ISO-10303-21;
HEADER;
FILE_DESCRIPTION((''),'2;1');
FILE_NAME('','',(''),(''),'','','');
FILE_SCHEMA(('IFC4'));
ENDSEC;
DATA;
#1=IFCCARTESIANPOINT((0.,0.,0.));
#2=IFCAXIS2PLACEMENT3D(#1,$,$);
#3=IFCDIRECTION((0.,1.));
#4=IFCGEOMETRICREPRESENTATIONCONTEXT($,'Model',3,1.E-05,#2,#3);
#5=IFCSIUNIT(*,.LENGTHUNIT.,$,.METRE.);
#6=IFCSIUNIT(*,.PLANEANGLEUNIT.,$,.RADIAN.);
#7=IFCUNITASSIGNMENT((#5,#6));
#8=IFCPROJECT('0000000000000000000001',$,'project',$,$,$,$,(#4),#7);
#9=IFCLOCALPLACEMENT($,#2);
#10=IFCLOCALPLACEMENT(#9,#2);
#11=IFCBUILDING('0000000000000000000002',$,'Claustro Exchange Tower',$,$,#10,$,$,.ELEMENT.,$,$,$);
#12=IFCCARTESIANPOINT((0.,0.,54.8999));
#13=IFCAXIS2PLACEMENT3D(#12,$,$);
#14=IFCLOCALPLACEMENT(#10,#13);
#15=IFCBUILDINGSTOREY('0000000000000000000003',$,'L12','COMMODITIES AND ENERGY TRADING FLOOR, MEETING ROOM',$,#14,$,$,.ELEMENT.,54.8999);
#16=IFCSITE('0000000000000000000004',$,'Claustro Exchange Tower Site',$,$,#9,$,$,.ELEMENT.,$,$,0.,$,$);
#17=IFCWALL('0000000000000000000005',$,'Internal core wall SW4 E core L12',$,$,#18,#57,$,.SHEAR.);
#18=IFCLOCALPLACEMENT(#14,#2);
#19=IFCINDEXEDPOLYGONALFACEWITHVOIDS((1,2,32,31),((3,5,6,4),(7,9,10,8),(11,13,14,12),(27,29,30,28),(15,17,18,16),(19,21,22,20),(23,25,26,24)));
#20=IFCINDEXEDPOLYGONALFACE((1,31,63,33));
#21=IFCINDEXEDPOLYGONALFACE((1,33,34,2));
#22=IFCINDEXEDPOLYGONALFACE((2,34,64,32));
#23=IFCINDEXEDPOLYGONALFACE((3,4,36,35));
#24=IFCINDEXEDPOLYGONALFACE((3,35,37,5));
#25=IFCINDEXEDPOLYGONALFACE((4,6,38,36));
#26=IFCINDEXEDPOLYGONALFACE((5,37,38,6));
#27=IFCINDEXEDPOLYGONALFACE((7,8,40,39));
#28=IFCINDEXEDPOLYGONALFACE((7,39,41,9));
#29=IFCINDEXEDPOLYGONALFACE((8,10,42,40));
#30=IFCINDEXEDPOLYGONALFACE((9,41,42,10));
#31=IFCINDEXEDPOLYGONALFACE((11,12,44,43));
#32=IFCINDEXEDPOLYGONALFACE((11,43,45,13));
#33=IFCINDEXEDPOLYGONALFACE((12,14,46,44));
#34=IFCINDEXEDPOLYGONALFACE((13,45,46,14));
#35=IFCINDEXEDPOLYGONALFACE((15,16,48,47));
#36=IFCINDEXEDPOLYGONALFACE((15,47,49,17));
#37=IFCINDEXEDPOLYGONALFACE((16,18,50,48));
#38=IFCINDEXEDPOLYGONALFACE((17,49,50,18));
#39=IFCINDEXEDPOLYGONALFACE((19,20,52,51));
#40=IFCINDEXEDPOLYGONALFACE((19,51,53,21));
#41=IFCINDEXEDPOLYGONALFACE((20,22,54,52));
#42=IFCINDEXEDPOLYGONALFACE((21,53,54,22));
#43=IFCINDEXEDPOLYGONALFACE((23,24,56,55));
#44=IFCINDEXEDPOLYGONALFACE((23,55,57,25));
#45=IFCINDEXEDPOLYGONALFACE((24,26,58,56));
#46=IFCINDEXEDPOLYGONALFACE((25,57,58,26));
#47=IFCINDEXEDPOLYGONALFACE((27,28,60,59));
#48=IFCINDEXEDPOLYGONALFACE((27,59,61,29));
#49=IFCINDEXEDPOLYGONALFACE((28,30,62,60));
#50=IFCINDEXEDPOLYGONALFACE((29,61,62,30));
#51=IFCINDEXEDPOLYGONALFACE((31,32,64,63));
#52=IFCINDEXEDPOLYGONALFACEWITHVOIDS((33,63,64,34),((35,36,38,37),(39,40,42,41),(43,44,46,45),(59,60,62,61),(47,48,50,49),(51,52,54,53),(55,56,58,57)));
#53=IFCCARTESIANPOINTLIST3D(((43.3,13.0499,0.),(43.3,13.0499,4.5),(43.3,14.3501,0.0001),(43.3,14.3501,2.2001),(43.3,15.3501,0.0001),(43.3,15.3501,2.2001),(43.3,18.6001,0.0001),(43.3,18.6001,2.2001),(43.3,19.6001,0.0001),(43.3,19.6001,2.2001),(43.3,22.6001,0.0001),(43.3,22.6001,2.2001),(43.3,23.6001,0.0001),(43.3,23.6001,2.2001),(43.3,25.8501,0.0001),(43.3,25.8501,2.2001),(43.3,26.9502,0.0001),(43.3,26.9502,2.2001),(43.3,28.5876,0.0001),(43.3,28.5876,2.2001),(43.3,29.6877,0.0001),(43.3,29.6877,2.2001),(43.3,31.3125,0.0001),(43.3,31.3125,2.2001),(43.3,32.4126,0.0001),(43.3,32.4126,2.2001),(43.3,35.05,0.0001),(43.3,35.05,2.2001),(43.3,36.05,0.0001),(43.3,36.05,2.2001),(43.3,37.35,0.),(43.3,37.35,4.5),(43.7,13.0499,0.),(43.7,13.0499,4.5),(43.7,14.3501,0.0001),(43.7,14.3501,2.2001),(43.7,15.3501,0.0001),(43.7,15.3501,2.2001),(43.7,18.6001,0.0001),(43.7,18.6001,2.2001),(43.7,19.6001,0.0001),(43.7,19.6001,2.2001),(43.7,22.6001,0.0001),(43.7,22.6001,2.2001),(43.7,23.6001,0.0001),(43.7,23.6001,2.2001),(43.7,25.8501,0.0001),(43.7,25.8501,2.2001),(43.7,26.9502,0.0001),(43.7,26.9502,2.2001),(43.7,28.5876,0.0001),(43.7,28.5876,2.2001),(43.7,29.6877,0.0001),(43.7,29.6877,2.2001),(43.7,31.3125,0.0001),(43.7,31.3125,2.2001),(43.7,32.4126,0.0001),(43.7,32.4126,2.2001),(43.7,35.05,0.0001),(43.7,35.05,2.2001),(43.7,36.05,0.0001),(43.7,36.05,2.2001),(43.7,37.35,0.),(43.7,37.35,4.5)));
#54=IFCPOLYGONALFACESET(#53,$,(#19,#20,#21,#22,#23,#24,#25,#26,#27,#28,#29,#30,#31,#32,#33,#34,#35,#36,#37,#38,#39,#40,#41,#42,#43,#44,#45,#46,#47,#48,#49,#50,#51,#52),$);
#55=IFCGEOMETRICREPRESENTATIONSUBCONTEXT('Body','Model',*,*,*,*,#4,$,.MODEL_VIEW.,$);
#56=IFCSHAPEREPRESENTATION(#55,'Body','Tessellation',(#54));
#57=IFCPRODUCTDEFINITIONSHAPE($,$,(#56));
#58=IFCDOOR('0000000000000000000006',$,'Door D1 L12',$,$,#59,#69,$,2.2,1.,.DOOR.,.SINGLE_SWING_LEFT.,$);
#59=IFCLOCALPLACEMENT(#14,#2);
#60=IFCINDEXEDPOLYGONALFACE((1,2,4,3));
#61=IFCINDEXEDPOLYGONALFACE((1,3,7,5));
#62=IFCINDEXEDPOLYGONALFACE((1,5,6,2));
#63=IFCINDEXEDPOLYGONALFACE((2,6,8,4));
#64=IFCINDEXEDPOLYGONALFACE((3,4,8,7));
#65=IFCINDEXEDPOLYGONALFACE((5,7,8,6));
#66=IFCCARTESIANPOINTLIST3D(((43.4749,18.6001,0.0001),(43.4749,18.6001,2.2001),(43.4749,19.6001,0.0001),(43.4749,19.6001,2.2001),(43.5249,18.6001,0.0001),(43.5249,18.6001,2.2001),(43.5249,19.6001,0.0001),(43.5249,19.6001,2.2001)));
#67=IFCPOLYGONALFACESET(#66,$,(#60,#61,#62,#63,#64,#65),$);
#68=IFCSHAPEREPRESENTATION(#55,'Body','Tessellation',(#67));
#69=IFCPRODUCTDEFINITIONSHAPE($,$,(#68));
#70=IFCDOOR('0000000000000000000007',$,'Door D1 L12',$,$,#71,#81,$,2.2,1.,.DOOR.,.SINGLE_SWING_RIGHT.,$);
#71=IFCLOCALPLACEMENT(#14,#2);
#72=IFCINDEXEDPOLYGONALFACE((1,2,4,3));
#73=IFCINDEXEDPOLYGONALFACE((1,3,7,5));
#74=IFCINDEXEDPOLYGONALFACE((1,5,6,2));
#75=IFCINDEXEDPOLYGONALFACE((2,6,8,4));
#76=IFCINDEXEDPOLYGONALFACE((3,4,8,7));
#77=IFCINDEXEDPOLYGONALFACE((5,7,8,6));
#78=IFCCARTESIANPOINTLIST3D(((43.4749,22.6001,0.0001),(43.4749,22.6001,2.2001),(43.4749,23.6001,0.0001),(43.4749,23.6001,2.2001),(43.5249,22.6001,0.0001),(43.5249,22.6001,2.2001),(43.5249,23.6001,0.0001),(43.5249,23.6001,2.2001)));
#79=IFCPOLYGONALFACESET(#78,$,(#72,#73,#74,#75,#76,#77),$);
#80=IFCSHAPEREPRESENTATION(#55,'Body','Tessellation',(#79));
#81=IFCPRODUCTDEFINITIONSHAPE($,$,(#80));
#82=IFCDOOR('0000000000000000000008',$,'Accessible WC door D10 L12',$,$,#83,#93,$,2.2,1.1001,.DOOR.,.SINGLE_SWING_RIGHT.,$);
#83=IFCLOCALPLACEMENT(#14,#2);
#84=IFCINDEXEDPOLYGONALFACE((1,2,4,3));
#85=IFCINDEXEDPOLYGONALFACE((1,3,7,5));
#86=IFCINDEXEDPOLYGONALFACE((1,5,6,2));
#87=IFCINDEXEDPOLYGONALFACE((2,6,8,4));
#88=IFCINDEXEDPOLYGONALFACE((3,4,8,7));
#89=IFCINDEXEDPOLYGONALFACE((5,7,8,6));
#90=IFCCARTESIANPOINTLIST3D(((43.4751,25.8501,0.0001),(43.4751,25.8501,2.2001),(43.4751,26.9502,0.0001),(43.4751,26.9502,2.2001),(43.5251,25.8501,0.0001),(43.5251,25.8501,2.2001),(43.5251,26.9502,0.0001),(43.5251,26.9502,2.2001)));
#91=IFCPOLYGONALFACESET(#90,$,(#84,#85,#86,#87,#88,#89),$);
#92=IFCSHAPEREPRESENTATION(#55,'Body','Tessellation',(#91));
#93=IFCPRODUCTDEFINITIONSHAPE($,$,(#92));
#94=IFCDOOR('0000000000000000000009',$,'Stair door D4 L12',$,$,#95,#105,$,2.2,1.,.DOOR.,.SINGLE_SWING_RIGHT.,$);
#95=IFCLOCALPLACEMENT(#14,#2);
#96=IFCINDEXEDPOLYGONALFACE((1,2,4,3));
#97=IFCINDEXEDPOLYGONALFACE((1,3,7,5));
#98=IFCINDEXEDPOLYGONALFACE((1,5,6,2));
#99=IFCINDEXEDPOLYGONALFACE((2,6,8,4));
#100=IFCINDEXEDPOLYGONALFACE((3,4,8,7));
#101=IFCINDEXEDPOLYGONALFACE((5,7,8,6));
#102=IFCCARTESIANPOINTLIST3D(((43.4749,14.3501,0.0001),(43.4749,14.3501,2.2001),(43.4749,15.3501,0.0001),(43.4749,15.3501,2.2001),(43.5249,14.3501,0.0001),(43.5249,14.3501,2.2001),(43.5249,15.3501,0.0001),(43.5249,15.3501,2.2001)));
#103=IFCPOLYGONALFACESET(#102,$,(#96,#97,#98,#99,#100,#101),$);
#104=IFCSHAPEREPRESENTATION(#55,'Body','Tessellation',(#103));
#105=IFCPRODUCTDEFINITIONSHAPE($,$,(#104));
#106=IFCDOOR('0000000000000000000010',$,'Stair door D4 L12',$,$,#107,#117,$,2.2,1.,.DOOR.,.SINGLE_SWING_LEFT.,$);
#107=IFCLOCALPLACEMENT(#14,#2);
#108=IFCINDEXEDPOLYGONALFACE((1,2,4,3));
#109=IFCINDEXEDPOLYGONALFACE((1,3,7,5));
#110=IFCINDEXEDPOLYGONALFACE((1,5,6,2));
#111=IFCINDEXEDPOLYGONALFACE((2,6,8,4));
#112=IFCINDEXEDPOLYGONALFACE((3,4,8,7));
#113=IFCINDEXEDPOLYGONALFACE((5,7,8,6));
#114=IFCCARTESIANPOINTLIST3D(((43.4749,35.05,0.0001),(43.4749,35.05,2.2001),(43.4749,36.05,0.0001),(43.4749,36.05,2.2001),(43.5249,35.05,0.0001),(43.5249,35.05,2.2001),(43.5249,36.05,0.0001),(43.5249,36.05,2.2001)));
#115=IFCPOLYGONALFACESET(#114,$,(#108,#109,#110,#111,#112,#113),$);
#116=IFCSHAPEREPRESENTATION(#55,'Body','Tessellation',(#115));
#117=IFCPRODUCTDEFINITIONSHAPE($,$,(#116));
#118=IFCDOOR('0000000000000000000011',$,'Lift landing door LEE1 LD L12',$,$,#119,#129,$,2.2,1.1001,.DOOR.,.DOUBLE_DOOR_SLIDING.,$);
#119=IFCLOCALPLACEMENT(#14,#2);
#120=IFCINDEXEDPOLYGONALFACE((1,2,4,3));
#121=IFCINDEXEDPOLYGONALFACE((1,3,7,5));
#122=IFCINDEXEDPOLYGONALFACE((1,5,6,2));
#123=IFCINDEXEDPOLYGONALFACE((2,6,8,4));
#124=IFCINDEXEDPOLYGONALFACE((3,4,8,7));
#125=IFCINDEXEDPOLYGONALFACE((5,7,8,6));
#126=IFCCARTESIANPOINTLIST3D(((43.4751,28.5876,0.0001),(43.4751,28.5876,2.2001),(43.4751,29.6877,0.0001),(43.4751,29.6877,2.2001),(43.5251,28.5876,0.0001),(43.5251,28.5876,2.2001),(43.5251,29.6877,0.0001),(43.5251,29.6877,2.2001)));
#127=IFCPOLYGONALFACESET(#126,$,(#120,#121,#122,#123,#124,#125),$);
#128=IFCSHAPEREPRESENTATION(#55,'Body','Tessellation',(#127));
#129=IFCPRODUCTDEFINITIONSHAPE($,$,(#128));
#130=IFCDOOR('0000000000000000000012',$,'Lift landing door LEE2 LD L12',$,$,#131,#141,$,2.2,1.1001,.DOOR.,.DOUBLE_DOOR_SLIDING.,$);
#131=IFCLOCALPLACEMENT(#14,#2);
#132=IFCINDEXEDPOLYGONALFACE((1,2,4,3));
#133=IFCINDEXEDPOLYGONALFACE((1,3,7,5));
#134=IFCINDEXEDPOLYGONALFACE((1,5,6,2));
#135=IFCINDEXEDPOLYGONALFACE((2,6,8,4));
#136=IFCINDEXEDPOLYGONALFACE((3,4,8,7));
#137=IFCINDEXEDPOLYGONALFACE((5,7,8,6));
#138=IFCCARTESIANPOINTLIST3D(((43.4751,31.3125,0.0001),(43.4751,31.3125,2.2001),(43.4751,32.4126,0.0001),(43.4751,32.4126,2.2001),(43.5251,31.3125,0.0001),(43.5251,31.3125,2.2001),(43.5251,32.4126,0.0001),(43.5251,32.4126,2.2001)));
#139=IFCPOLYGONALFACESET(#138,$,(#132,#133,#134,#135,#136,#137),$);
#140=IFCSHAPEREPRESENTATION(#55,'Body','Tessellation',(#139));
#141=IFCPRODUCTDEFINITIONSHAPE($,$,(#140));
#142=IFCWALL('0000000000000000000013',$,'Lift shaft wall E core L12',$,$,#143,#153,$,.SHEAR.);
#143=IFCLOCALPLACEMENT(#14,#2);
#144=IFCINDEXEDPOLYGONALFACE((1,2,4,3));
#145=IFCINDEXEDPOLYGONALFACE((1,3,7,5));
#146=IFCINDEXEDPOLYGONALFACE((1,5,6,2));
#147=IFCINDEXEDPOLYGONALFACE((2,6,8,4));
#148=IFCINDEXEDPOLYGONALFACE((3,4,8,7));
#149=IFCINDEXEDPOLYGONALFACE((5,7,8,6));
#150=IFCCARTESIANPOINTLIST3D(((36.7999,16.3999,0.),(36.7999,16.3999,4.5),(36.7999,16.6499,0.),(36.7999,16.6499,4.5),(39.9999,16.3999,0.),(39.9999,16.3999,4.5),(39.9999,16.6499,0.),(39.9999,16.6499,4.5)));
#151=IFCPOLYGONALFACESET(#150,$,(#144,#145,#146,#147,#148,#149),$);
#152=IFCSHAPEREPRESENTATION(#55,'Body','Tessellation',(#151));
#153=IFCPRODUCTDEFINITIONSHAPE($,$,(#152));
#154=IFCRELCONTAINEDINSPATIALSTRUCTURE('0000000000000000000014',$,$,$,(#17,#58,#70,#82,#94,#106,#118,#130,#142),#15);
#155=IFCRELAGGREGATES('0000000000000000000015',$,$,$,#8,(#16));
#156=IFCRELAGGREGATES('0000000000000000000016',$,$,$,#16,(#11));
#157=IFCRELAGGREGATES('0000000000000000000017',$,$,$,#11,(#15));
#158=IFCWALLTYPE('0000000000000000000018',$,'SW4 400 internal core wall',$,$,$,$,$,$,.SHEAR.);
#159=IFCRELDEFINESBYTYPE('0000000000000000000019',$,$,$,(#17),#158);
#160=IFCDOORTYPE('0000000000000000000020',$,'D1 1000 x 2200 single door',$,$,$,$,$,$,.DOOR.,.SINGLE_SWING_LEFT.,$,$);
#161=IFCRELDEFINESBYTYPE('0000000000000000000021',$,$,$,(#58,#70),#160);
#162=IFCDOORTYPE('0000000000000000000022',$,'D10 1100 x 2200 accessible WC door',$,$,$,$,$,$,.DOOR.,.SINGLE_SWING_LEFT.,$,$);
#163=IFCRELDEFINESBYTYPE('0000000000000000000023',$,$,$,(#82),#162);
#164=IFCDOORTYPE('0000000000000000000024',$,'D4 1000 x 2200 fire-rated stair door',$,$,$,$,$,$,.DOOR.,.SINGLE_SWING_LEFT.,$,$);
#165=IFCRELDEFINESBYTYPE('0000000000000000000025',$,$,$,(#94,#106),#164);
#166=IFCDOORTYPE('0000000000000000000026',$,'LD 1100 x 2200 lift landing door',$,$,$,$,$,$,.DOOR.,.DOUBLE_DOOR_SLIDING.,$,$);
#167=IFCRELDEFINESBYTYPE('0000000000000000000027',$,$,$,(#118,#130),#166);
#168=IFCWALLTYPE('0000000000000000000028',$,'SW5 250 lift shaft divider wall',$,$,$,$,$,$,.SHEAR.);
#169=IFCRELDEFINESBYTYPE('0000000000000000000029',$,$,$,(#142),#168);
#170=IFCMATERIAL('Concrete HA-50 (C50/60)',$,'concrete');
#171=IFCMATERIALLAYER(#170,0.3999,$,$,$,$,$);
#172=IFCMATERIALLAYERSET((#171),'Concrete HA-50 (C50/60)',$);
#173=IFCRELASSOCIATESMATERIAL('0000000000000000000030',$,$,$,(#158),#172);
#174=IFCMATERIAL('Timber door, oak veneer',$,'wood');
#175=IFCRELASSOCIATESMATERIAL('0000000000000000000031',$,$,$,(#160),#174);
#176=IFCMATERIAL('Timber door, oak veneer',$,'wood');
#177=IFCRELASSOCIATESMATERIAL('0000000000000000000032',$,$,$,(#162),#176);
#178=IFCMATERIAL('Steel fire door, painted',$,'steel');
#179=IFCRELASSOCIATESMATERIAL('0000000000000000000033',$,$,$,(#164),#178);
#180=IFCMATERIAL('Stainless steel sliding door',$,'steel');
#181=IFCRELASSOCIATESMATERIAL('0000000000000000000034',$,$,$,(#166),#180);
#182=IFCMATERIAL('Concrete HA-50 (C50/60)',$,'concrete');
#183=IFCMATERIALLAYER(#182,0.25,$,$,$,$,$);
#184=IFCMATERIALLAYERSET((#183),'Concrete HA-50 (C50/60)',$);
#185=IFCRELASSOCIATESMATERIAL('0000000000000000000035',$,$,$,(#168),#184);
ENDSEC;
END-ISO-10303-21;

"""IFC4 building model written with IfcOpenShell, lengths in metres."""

from ifc_helpers import new_model, si_unit, direction, frame, frame_2d, origin, place, context, subcontext, project, spatial, rectangle, extrude, material, layer, layer_set, type_object, element, fill, save


model = new_model("IFC4")

# Units and contexts
model_context = context("Model", 3, precision=1e-05, world=origin(), true_north=direction((0.0, 1.0)))
body_context = subcontext(model_context, "Body", "Model", "MODEL_VIEW")
ifc_project = project(units=[si_unit("LENGTHUNIT", "METRE"), si_unit("PLANEANGLEUNIT", "RADIAN")], contexts=[model_context])

# Site, building, storey
site_placement = place(None, origin())
site = spatial("IfcSite", under=ifc_project, at=site_placement, Name="Claustro Exchange Tower Site", CompositionType="ELEMENT", RefElevation=0.0)
building_placement = place(site_placement, origin())
building = spatial("IfcBuilding", under=site, at=building_placement, Name="Claustro Exchange Tower", CompositionType="ELEMENT")
storey_placement = place(building_placement, frame((0.0, 0.0, 54.8999)))
storey = spatial("IfcBuildingStorey", under=building, at=storey_placement, Name="L12", Description="COMMODITIES AND ENERGY TRADING FLOOR, MEETING ROOM", CompositionType="ELEMENT", Elevation=54.8999)

# Wall, openings, doors
ifc_material_1 = material(Name="Concrete HA-50 (C50/60)", Category="concrete")
ifc_layer_1 = layer(ifc_material_1, 0.3999)
ifc_layer_set_1 = layer_set([ifc_layer_1], Name="Concrete HA-50 (C50/60)")
wall_type_1 = type_object("IfcWallType", Name="SW4 400 internal core wall", PredefinedType="SHEAR", material=ifc_layer_set_1)
wall_1_placement = place(storey_placement, frame((43.5, 13.05, 0.0), z_axis=(0.0, 0.0, 1.0), x_axis=(0.0, 1.0, 0.0)))
wall_1 = element("IfcWall", 1, at=wall_1_placement, inside=storey, type_object=wall_type_1, Name="Internal core wall SW4 E core L12", PredefinedType="SHEAR", context=body_context, shape_type="SweptSolid", body=[
    extrude(rectangle(XDim=24.3, YDim=0.3999, at=frame_2d((12.1499, 0.0))), origin(), (0.0, 0.0, 1.0), 4.5),
])
opening_1_placement = place(wall_1_placement, frame((1.3, 0.0, 0.0)))
opening_1 = element("IfcOpeningElement", 2, at=opening_1_placement, cuts=wall_1, PredefinedType="OPENING", context=body_context, shape_type="SweptSolid", body=[
    extrude(rectangle(XDim=1.0, YDim=2.2, at=frame_2d((0.5, 1.1001))), frame((0.0, 0.21, 0.0), z_axis=(0.0, -1.0, 0.0), x_axis=(1.0, 0.0, 0.0)), (0.0, 0.0, 1.0), 0.4199),
])
opening_2_placement = place(wall_1_placement, frame((22.0, 0.0, 0.0)))
opening_2 = element("IfcOpeningElement", 3, at=opening_2_placement, cuts=wall_1, PredefinedType="OPENING", context=body_context, shape_type="SweptSolid", body=[
    extrude(rectangle(XDim=1.0, YDim=2.2, at=frame_2d((0.5, 1.1001))), frame((0.0, 0.21, 0.0), z_axis=(0.0, -1.0, 0.0), x_axis=(1.0, 0.0, 0.0)), (0.0, 0.0, 1.0), 0.4199),
])
opening_3_placement = place(wall_1_placement, frame((5.55, 0.0, 0.0)))
opening_3 = element("IfcOpeningElement", 4, at=opening_3_placement, cuts=wall_1, PredefinedType="OPENING", context=body_context, shape_type="SweptSolid", body=[
    extrude(rectangle(XDim=1.0, YDim=2.2, at=frame_2d((0.5, 1.1001))), frame((0.0, 0.21, 0.0), z_axis=(0.0, -1.0, 0.0), x_axis=(1.0, 0.0, 0.0)), (0.0, 0.0, 1.0), 0.4199),
])
opening_4_placement = place(wall_1_placement, frame((9.55, 0.0, 0.0)))
opening_4 = element("IfcOpeningElement", 5, at=opening_4_placement, cuts=wall_1, PredefinedType="OPENING", context=body_context, shape_type="SweptSolid", body=[
    extrude(rectangle(XDim=1.0, YDim=2.2, at=frame_2d((0.5, 1.1001))), frame((0.0, 0.21, 0.0), z_axis=(0.0, -1.0, 0.0), x_axis=(1.0, 0.0, 0.0)), (0.0, 0.0, 1.0), 0.4199),
])
opening_5_placement = place(wall_1_placement, frame((12.8, 0.0, 0.0)))
opening_5 = element("IfcOpeningElement", 6, at=opening_5_placement, cuts=wall_1, PredefinedType="OPENING", context=body_context, shape_type="SweptSolid", body=[
    extrude(rectangle(XDim=1.1001, YDim=2.2, at=frame_2d((0.55, 1.1001))), frame((0.0, 0.21, 0.0), z_axis=(0.0, -1.0, 0.0), x_axis=(1.0, 0.0, 0.0)), (0.0, 0.0, 1.0), 0.4199),
])
opening_6_placement = place(wall_1_placement, frame((15.5376, 0.0, 0.0)))
opening_6 = element("IfcOpeningElement", 7, at=opening_6_placement, cuts=wall_1, PredefinedType="OPENING", context=body_context, shape_type="SweptSolid", body=[
    extrude(rectangle(XDim=1.1001, YDim=2.2, at=frame_2d((0.55, 1.1001))), frame((0.0, 0.21, 0.0), z_axis=(0.0, -1.0, 0.0), x_axis=(1.0, 0.0, 0.0)), (0.0, 0.0, 1.0), 0.4199),
])
opening_7_placement = place(wall_1_placement, frame((18.2625, 0.0, 0.0)))
opening_7 = element("IfcOpeningElement", 8, at=opening_7_placement, cuts=wall_1, PredefinedType="OPENING", context=body_context, shape_type="SweptSolid", body=[
    extrude(rectangle(XDim=1.1001, YDim=2.2, at=frame_2d((0.55, 1.1001))), frame((0.0, 0.21, 0.0), z_axis=(0.0, -1.0, 0.0), x_axis=(1.0, 0.0, 0.0)), (0.0, 0.0, 1.0), 0.4199),
])
ifc_material_2 = material(Name="Timber door, oak veneer", Category="wood")
door_type_1 = type_object("IfcDoorType", Name="D1 1000 x 2200 single door", OperationType="SINGLE_SWING_LEFT", PredefinedType="DOOR", material=ifc_material_2)
door_1_placement = place(opening_3_placement, frame((1.0, 0.0, 0.0), z_axis=(0.0, 0.0, 1.0), x_axis=(-1.0, 0.0, 0.0)))
door_1 = element("IfcDoor", 9, at=door_1_placement, inside=storey, type_object=door_type_1, Name="Door D1 L12", OperationType="SINGLE_SWING_LEFT", OverallHeight=2.2, OverallWidth=1.0, PredefinedType="DOOR", context=body_context, shape_type="SweptSolid", body=[
    extrude(rectangle(XDim=1.0, YDim=2.2, at=frame_2d((0.5, 1.1001))), frame((0.0, 0.0249, 0.0), z_axis=(0.0, -1.0, 0.0), x_axis=(1.0, 0.0, 0.0)), (0.0, 0.0, 1.0), 0.05),
])
fill(opening_3, door_1)
door_2_placement = place(opening_4_placement, frame((1.0, 0.0, 0.0), z_axis=(0.0, 0.0, 1.0), x_axis=(-1.0, 0.0, 0.0)))
door_2 = element("IfcDoor", 10, at=door_2_placement, inside=storey, type_object=door_type_1, Name="Door D1 L12", OperationType="SINGLE_SWING_RIGHT", OverallHeight=2.2, OverallWidth=1.0, PredefinedType="DOOR", context=body_context, shape_type="SweptSolid", body=[
    extrude(rectangle(XDim=1.0, YDim=2.2, at=frame_2d((0.5, 1.1001))), frame((0.0, 0.0249, 0.0), z_axis=(0.0, -1.0, 0.0), x_axis=(1.0, 0.0, 0.0)), (0.0, 0.0, 1.0), 0.05),
])
fill(opening_4, door_2)
ifc_material_3 = material(Name="Timber door, oak veneer", Category="wood")
door_type_2 = type_object("IfcDoorType", Name="D10 1100 x 2200 accessible WC door", OperationType="SINGLE_SWING_LEFT", PredefinedType="DOOR", material=ifc_material_3)
door_3_placement = place(opening_5_placement, origin())
door_3 = element("IfcDoor", 11, at=door_3_placement, inside=storey, type_object=door_type_2, Name="Accessible WC door D10 L12", OperationType="SINGLE_SWING_RIGHT", OverallHeight=2.2, OverallWidth=1.1001, PredefinedType="DOOR", context=body_context, shape_type="SweptSolid", body=[
    extrude(rectangle(XDim=1.1001, YDim=2.2, at=frame_2d((0.55, 1.1001))), frame((0.0, 0.0249, 0.0), z_axis=(0.0, -1.0, 0.0), x_axis=(1.0, 0.0, 0.0)), (0.0, 0.0, 1.0), 0.05),
])
fill(opening_5, door_3)
ifc_material_4 = material(Name="Steel fire door, painted", Category="steel")
door_type_3 = type_object("IfcDoorType", Name="D4 1000 x 2200 fire-rated stair door", OperationType="SINGLE_SWING_LEFT", PredefinedType="DOOR", material=ifc_material_4)
door_4_placement = place(opening_1_placement, frame((1.0, 0.0, 0.0), z_axis=(0.0, 0.0, 1.0), x_axis=(-1.0, 0.0, 0.0)))
door_4 = element("IfcDoor", 12, at=door_4_placement, inside=storey, type_object=door_type_3, Name="Stair door D4 L12", OperationType="SINGLE_SWING_RIGHT", OverallHeight=2.2, OverallWidth=1.0, PredefinedType="DOOR", context=body_context, shape_type="SweptSolid", body=[
    extrude(rectangle(XDim=1.0, YDim=2.2, at=frame_2d((0.5, 1.1001))), frame((0.0, 0.0249, 0.0), z_axis=(0.0, -1.0, 0.0), x_axis=(1.0, 0.0, 0.0)), (0.0, 0.0, 1.0), 0.05),
])
fill(opening_1, door_4)
door_5_placement = place(opening_2_placement, frame((1.0, 0.0, 0.0), z_axis=(0.0, 0.0, 1.0), x_axis=(-1.0, 0.0, 0.0)))
door_5 = element("IfcDoor", 13, at=door_5_placement, inside=storey, type_object=door_type_3, Name="Stair door D4 L12", OperationType="SINGLE_SWING_LEFT", OverallHeight=2.2, OverallWidth=1.0, PredefinedType="DOOR", context=body_context, shape_type="SweptSolid", body=[
    extrude(rectangle(XDim=1.0, YDim=2.2, at=frame_2d((0.5, 1.1001))), frame((0.0, 0.0249, 0.0), z_axis=(0.0, -1.0, 0.0), x_axis=(1.0, 0.0, 0.0)), (0.0, 0.0, 1.0), 0.05),
])
fill(opening_2, door_5)
ifc_material_5 = material(Name="Stainless steel sliding door", Category="steel")
door_type_4 = type_object("IfcDoorType", Name="LD 1100 x 2200 lift landing door", OperationType="DOUBLE_DOOR_SLIDING", PredefinedType="DOOR", material=ifc_material_5)
door_6_placement = place(opening_6_placement, origin())
door_6 = element("IfcDoor", 14, at=door_6_placement, inside=storey, type_object=door_type_4, Name="Lift landing door LEE1 LD L12", OperationType="DOUBLE_DOOR_SLIDING", OverallHeight=2.2, OverallWidth=1.1001, PredefinedType="DOOR", context=body_context, shape_type="SweptSolid", body=[
    extrude(rectangle(XDim=1.1001, YDim=2.2, at=frame_2d((0.55, 1.1001))), frame((0.0, 0.0249, 0.0), z_axis=(0.0, -1.0, 0.0), x_axis=(1.0, 0.0, 0.0)), (0.0, 0.0, 1.0), 0.05),
])
fill(opening_6, door_6)
door_7_placement = place(opening_7_placement, origin())
door_7 = element("IfcDoor", 15, at=door_7_placement, inside=storey, type_object=door_type_4, Name="Lift landing door LEE2 LD L12", OperationType="DOUBLE_DOOR_SLIDING", OverallHeight=2.2, OverallWidth=1.1001, PredefinedType="DOOR", context=body_context, shape_type="SweptSolid", body=[
    extrude(rectangle(XDim=1.1001, YDim=2.2, at=frame_2d((0.55, 1.1001))), frame((0.0, 0.0249, 0.0), z_axis=(0.0, -1.0, 0.0), x_axis=(1.0, 0.0, 0.0)), (0.0, 0.0, 1.0), 0.05),
])
fill(opening_7, door_7)

# Wall
ifc_material_6 = material(Name="Concrete HA-50 (C50/60)", Category="concrete")
ifc_layer_2 = layer(ifc_material_6, 0.25)
ifc_layer_set_2 = layer_set([ifc_layer_2], Name="Concrete HA-50 (C50/60)")
wall_type_2 = type_object("IfcWallType", Name="SW5 250 lift shaft divider wall", PredefinedType="SHEAR", material=ifc_layer_set_2)
for number, where, z_axis, x_axis, name in (
    (16, (40.0, 16.5249, 0.0), (0.0, 0.0, 1.0), (-1.0, 0.0, 0.0), "Lift shaft wall E core L12"),
):
    element("IfcWall", number, at=place(storey_placement, frame(where, z_axis=z_axis, x_axis=x_axis)), inside=storey, type_object=wall_type_2, Name=name, PredefinedType="SHEAR", context=body_context, shape_type="SweptSolid", body=[
        extrude(rectangle(XDim=3.2, YDim=0.25, at=frame_2d((1.6001, 0.0))), origin(), (0.0, 0.0, 1.0), 4.5),
    ])

save(model, "model.ifc")
